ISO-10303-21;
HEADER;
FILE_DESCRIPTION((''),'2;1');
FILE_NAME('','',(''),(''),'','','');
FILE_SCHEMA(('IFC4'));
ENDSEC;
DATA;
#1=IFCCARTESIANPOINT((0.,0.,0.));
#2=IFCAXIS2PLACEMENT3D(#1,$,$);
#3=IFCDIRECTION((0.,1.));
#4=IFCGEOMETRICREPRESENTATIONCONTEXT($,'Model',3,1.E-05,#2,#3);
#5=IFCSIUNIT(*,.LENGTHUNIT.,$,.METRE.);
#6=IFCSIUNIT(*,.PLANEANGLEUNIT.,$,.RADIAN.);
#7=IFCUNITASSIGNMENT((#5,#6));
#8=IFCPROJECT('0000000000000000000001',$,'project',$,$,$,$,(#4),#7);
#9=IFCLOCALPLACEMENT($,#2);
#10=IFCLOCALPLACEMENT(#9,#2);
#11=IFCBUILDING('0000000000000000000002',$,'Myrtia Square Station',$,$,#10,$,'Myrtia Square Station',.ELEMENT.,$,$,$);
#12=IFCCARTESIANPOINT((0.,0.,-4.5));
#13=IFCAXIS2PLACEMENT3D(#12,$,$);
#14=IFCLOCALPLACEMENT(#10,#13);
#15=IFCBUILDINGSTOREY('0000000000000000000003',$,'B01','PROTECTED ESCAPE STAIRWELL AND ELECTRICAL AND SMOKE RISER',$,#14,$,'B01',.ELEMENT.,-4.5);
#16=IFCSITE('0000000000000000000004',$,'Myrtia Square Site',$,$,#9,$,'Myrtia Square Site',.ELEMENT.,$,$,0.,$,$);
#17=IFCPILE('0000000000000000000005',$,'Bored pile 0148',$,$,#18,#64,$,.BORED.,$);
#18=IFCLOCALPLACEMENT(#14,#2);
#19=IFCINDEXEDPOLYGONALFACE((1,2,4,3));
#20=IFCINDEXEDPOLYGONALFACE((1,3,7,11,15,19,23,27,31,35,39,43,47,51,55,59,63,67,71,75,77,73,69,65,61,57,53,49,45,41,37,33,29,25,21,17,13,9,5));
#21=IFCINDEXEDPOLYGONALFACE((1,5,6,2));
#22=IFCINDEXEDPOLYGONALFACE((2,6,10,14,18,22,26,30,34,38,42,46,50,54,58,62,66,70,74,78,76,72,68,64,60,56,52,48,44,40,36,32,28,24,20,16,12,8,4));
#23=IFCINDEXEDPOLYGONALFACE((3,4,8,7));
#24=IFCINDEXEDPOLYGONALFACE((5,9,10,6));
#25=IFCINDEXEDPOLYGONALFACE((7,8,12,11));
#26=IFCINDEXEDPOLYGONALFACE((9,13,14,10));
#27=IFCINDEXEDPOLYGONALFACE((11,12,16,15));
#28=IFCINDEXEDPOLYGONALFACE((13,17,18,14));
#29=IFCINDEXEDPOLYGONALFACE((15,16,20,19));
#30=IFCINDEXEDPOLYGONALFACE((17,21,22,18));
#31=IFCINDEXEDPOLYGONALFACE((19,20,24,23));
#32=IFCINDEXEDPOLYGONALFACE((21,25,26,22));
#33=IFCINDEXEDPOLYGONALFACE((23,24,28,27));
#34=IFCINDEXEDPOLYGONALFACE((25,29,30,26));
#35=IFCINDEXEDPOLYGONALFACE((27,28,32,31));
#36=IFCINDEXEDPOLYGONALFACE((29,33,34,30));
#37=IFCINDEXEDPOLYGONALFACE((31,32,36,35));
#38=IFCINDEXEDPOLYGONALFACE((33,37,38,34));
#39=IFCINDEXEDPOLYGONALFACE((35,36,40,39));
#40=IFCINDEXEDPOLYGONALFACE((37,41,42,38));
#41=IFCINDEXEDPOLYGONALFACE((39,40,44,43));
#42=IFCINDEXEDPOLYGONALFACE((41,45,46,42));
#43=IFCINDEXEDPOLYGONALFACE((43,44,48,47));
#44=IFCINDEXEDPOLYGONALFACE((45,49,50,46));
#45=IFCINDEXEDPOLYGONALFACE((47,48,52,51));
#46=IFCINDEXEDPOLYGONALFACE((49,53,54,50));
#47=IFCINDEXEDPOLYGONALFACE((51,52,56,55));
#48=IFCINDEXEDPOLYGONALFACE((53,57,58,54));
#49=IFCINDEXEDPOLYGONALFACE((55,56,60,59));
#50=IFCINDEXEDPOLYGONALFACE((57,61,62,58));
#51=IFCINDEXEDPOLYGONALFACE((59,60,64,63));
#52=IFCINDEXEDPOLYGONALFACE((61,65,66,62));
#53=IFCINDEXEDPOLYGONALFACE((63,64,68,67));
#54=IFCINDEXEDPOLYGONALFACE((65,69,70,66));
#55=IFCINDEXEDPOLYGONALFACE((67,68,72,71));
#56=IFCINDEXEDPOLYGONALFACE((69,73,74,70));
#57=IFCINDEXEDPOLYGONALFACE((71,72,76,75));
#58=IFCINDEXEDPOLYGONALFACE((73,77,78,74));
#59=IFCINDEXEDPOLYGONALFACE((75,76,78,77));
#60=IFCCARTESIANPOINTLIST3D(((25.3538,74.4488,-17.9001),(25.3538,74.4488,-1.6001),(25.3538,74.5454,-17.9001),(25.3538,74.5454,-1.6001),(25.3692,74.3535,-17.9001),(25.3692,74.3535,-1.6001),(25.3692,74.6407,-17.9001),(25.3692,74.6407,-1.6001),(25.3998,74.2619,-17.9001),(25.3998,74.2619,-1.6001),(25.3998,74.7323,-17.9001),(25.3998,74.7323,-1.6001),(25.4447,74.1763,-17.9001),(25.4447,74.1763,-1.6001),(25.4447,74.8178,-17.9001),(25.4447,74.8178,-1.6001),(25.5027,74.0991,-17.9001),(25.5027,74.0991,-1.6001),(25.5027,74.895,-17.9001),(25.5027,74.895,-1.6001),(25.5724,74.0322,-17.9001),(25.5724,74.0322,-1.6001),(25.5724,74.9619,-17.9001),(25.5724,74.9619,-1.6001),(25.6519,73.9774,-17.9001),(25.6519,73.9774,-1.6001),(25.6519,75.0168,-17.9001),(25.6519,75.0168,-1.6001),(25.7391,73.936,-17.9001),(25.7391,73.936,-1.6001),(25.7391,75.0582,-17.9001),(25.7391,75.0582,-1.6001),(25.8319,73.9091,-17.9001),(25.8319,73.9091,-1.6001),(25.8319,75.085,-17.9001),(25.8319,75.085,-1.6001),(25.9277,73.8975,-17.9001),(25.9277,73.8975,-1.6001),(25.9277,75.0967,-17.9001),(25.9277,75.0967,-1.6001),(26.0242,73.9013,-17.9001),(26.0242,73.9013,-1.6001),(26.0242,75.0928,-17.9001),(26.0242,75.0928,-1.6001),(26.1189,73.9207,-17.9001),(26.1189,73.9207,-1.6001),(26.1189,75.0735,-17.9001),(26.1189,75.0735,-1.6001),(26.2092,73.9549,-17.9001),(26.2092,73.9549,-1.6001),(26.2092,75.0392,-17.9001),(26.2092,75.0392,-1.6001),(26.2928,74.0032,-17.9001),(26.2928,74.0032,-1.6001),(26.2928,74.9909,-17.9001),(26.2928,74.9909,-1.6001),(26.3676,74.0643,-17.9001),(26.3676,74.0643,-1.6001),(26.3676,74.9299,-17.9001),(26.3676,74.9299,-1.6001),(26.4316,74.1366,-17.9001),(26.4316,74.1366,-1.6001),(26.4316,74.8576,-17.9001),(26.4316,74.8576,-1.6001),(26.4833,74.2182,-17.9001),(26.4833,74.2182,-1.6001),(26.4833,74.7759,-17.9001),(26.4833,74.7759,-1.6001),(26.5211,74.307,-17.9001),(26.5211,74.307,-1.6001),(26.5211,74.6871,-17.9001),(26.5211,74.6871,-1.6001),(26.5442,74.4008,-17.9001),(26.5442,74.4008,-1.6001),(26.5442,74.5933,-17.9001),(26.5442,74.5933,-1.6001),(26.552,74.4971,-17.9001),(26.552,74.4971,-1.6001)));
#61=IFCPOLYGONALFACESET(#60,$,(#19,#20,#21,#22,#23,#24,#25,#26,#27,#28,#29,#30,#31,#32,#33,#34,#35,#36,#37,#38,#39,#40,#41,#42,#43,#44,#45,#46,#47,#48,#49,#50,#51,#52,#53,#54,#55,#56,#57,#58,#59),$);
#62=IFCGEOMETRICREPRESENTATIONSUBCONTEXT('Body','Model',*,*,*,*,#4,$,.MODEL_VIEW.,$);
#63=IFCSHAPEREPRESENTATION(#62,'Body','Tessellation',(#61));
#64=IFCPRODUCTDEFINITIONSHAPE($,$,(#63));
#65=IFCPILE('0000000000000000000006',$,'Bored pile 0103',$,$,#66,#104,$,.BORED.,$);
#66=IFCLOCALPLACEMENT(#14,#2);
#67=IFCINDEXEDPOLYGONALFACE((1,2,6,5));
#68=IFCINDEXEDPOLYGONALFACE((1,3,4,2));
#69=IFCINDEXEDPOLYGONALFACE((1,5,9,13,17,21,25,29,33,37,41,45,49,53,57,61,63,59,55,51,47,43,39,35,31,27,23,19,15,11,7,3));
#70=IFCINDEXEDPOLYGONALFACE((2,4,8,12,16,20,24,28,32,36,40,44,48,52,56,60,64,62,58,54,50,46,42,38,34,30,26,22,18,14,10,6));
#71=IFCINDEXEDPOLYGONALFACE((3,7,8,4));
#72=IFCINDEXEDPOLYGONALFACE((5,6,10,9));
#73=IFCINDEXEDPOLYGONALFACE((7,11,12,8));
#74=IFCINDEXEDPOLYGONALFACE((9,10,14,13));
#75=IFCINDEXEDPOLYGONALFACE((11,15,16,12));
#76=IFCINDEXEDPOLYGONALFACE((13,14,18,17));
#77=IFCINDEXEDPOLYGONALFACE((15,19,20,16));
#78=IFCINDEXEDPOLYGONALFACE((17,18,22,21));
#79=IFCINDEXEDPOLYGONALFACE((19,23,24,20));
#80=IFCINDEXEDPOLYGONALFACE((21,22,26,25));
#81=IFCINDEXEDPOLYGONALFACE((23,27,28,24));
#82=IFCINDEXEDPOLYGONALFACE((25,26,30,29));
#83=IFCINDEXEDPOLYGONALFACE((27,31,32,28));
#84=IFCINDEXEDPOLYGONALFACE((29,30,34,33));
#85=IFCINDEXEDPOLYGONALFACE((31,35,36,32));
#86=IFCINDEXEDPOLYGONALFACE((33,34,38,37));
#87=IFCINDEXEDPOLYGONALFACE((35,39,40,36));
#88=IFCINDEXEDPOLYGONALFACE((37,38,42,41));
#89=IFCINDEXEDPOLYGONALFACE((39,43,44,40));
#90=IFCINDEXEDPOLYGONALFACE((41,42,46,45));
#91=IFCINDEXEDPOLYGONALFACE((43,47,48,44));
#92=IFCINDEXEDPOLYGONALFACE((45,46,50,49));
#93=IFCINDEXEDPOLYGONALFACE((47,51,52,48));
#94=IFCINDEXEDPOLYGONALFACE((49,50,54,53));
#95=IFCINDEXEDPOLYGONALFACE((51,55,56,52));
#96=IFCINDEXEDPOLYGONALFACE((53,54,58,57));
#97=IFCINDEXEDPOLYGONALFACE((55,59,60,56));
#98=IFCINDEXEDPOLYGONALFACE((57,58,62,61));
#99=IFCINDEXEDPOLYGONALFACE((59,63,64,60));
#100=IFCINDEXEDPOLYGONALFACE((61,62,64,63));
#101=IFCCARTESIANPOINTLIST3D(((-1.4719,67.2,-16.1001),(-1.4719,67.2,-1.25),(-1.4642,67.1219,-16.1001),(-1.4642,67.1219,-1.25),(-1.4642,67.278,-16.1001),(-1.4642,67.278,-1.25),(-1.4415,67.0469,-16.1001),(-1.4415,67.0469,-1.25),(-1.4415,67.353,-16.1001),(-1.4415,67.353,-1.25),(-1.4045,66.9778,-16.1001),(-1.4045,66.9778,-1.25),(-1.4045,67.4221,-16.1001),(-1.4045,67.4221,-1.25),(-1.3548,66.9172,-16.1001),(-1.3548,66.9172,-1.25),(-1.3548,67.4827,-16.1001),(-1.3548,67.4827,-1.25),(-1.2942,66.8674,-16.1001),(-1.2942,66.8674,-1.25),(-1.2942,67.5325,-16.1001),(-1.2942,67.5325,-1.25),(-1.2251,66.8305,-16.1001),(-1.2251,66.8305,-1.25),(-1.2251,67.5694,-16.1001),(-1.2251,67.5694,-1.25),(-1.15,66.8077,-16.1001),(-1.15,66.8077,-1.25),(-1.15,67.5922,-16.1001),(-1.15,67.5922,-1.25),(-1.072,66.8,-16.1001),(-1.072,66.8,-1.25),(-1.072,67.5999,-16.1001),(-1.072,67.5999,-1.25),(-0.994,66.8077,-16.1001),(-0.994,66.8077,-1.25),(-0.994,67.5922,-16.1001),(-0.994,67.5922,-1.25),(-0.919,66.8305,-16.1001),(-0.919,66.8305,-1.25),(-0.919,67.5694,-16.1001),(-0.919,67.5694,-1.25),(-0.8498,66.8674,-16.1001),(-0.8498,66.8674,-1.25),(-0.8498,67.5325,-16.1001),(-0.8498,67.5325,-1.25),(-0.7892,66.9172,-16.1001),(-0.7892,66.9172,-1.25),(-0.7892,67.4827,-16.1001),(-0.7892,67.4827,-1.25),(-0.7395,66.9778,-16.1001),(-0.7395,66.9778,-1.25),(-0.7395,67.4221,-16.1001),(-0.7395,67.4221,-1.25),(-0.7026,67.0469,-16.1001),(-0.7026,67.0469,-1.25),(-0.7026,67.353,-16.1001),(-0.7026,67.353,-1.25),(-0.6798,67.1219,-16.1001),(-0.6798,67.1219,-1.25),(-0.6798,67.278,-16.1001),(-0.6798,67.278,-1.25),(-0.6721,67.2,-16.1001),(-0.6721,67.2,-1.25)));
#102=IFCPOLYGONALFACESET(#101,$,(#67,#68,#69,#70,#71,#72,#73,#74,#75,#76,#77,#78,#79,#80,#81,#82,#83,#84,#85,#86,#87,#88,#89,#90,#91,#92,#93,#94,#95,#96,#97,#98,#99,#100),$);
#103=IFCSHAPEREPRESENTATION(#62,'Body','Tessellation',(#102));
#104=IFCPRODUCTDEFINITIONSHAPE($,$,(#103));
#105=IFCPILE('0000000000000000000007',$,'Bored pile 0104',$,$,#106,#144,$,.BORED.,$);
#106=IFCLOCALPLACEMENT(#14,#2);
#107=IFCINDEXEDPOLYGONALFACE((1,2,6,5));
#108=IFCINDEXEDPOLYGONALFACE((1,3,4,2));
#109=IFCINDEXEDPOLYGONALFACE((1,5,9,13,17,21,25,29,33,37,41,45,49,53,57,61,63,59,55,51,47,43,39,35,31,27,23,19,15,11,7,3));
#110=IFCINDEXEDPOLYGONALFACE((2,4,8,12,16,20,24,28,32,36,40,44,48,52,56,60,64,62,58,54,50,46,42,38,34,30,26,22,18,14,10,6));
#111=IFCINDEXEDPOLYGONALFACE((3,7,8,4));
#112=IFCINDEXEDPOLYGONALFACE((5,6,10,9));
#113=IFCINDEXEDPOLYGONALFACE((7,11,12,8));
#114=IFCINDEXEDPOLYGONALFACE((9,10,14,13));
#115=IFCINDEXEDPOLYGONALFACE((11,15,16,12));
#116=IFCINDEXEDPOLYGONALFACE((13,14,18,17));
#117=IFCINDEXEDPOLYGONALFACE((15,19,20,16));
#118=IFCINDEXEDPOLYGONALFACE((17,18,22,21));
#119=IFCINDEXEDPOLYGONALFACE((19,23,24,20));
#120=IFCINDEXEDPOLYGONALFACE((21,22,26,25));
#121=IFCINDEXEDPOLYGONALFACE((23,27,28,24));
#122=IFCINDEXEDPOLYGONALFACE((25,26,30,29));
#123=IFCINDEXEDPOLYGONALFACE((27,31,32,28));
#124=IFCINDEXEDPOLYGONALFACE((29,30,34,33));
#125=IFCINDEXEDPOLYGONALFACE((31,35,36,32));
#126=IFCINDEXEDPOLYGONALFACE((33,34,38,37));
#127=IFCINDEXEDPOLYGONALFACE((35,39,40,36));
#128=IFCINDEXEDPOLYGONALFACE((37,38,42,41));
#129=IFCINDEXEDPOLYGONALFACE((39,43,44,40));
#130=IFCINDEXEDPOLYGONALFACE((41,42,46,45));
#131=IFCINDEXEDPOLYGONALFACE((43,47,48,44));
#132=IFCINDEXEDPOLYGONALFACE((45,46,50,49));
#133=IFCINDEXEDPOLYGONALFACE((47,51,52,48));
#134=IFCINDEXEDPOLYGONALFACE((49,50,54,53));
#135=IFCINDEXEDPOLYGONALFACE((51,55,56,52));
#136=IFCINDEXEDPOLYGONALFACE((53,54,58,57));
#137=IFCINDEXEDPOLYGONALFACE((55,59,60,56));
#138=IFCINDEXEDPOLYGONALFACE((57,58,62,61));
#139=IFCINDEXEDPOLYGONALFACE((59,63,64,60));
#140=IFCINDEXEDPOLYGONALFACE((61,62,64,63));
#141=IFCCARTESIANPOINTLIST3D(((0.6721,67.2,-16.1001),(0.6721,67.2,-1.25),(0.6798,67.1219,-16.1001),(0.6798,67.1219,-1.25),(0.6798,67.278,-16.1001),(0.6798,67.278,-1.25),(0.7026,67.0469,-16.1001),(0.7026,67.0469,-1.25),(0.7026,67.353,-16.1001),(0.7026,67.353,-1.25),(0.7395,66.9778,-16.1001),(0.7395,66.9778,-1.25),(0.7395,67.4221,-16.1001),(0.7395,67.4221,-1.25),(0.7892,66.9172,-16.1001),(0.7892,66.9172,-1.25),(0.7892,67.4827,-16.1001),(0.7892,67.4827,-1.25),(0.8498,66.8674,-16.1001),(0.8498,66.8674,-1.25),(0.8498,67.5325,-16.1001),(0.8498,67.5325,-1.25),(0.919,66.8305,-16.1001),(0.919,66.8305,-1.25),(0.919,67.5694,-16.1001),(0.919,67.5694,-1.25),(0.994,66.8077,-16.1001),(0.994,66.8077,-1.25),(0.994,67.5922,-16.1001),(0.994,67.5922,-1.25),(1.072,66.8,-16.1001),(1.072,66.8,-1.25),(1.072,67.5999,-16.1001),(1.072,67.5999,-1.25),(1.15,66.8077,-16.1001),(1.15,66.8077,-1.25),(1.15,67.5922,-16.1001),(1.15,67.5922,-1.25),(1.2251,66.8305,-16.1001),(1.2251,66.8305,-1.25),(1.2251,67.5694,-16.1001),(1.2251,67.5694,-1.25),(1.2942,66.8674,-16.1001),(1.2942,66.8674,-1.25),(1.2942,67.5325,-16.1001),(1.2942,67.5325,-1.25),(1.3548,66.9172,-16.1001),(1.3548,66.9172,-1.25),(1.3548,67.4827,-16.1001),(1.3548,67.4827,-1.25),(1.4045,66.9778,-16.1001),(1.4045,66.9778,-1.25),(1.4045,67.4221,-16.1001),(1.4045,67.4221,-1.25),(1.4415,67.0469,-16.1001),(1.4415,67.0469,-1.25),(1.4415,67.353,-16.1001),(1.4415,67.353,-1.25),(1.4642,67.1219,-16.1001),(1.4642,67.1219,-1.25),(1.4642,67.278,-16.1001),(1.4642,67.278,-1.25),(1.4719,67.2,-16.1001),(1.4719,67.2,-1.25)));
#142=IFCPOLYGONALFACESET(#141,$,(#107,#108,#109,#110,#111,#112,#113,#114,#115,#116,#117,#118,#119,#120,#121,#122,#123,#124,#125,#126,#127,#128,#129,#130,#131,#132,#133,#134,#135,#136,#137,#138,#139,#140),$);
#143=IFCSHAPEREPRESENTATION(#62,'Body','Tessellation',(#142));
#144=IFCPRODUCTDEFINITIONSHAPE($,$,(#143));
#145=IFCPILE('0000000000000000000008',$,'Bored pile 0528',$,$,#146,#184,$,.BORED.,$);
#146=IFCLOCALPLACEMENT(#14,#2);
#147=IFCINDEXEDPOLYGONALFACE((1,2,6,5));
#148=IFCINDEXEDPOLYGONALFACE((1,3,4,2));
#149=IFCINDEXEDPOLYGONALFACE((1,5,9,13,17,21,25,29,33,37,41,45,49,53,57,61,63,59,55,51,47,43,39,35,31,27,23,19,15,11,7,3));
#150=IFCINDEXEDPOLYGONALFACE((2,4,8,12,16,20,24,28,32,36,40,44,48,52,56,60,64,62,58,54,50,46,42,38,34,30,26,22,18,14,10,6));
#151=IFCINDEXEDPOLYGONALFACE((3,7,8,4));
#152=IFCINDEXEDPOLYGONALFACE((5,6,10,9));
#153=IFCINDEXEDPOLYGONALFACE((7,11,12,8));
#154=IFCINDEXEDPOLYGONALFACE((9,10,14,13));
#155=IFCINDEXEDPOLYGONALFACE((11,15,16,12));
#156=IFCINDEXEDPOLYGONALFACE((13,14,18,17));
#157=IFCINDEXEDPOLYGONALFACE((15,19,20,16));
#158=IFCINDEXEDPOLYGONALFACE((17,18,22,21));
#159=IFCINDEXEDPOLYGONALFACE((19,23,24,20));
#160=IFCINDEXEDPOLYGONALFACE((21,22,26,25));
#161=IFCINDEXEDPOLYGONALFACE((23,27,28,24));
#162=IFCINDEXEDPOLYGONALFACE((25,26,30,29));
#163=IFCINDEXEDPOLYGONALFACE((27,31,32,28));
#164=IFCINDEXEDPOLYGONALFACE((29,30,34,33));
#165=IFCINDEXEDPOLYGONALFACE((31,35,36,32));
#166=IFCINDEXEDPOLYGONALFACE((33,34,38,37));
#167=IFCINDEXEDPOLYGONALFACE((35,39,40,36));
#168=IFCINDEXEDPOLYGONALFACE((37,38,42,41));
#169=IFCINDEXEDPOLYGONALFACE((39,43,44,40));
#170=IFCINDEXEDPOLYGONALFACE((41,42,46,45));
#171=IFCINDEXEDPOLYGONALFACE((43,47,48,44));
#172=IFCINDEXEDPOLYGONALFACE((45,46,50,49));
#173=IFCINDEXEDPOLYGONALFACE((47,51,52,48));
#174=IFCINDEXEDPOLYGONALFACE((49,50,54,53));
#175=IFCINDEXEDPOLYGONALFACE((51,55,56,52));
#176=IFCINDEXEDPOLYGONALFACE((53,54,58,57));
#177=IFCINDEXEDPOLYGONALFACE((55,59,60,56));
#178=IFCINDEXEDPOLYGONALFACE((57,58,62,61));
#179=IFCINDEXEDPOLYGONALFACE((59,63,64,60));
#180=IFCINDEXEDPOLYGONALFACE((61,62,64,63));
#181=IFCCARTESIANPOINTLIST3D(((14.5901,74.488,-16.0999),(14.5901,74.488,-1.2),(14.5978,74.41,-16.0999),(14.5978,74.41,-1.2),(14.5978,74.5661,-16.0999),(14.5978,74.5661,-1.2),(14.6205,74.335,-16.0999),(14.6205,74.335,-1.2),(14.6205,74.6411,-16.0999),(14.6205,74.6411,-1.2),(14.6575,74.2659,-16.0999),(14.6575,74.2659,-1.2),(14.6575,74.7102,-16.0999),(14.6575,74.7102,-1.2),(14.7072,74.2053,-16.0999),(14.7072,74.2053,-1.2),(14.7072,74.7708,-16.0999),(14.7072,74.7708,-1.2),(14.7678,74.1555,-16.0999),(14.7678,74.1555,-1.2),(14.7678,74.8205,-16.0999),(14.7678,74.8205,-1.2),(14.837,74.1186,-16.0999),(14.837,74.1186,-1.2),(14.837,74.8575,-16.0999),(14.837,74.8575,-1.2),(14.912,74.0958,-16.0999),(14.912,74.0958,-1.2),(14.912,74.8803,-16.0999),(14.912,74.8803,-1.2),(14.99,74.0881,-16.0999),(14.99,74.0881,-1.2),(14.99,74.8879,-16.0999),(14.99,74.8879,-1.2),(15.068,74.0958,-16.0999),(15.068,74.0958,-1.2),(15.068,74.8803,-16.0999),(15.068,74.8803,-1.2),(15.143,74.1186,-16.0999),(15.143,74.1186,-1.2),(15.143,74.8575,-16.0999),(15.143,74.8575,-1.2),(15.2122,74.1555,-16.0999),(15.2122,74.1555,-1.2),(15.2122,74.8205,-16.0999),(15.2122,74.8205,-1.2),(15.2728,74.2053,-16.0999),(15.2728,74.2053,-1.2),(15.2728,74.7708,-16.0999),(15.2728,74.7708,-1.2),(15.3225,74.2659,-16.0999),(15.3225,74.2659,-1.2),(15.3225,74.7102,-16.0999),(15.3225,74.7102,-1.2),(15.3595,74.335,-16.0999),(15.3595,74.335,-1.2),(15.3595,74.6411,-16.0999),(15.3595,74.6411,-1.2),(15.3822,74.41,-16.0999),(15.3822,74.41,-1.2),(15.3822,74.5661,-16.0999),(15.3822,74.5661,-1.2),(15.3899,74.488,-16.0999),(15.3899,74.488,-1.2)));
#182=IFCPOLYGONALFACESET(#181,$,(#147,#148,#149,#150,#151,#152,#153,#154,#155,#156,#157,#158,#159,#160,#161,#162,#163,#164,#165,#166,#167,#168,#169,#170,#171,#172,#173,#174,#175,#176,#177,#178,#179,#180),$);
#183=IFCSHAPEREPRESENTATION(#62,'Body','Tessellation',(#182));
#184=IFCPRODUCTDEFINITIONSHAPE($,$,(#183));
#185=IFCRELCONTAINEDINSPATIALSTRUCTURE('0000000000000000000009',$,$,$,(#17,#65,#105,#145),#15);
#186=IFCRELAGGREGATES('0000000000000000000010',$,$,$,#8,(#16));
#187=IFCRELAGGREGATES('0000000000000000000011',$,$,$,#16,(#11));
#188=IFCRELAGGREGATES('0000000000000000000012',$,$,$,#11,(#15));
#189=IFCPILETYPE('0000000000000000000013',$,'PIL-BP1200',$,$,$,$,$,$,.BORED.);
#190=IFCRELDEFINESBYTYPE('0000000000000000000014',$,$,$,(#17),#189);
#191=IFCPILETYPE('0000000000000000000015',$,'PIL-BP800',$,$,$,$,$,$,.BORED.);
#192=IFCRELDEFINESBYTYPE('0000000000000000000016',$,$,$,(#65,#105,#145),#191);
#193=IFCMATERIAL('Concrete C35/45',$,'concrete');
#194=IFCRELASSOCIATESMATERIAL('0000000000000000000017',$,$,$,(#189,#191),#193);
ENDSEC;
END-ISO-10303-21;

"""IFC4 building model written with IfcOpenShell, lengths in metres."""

from ifc_helpers import new_model, si_unit, direction, frame, origin, origin_2d, place, context, subcontext, project, spatial, circle, extrude, material, material_profile, profile_set, type_object, element, save


model = new_model("IFC4")

# Units and contexts
model_context = context("Model", 3, precision=1e-05, world=origin(), true_north=direction((0.0, 1.0)))
body_context = subcontext(model_context, "Body", "Model", "MODEL_VIEW")
ifc_project = project(units=[si_unit("LENGTHUNIT", "METRE"), si_unit("PLANEANGLEUNIT", "RADIAN")], contexts=[model_context])

# Site, building, storey
site_placement = place(None, origin())
site = spatial("IfcSite", under=ifc_project, at=site_placement, Name="Myrtia Square Site", LongName="Myrtia Square Site", CompositionType="ELEMENT", RefElevation=0.0)
building_placement = place(site_placement, origin())
building = spatial("IfcBuilding", under=site, at=building_placement, Name="Myrtia Square Station", LongName="Myrtia Square Station", CompositionType="ELEMENT")
storey_placement = place(building_placement, frame((0.0, 0.0, -4.5)))
storey = spatial("IfcBuildingStorey", under=building, at=storey_placement, Name="B01", Description="PROTECTED ESCAPE STAIRWELL AND ELECTRICAL AND SMOKE RISER", LongName="B01", CompositionType="ELEMENT", Elevation=-4.5)

# Shared definitions
ifc_material_1 = material(Name="Concrete C35/45", Category="concrete")

# Piles
ifc_material_profile_1 = material_profile(ifc_material_1, circle(Radius=0.6001, at=origin_2d()), Name="BP D1200")
ifc_profile_set_1 = profile_set([ifc_material_profile_1], Name="Concrete C35/45")
pile_type_1 = type_object("IfcPileType", Name="PIL-BP1200", PredefinedType="BORED", material=ifc_profile_set_1)
for number, where, z_axis, x_axis, name in (
    (1, (25.9519, 74.4971, -1.6001), (0.0, 0.0, -1.0), (1.0, 0.0, 0.0), "Bored pile 0148"),
):
    element("IfcPile", number, at=place(storey_placement, frame(where, z_axis=z_axis, x_axis=x_axis)), inside=storey, type_object=pile_type_1, Name=name, PredefinedType="BORED", context=body_context, shape_type="SweptSolid", body=[
        extrude(circle(Radius=0.6001, at=origin_2d()), origin(), (0.0, 0.0, 1.0), 16.3),
    ])
ifc_material_profile_2 = material_profile(ifc_material_1, circle(Radius=0.3999, at=origin_2d()), Name="BP D800")
ifc_profile_set_2 = profile_set([ifc_material_profile_2], Name="Concrete C35/45")
pile_type_2 = type_object("IfcPileType", Name="PIL-BP800", PredefinedType="BORED", material=ifc_profile_set_2)
for number, where, z_axis, x_axis, name in (
    (2, (-1.072, 67.2, -1.25), (0.0, 0.0, -1.0), (1.0, 0.0, 0.0), "Bored pile 0103"),
    (3, (1.072, 67.2, -1.25), (0.0, 0.0, -1.0), (1.0, 0.0, 0.0), "Bored pile 0104"),
):
    element("IfcPile", number, at=place(storey_placement, frame(where, z_axis=z_axis, x_axis=x_axis)), inside=storey, type_object=pile_type_2, Name=name, PredefinedType="BORED", context=body_context, shape_type="SweptSolid", body=[
        extrude(circle(Radius=0.3999, at=origin_2d()), origin(), (0.0, 0.0, 1.0), 14.8501),
    ])
pile_placement = place(storey_placement, frame((14.99, 74.488, -1.2), z_axis=(0.0, 0.0, -1.0), x_axis=(1.0, 0.0, 0.0)))
element("IfcPile", 4, at=pile_placement, inside=storey, type_object=pile_type_2, Name="Bored pile 0528", PredefinedType="BORED", context=body_context, shape_type="SweptSolid", body=[
    extrude(circle(Radius=0.3999, at=origin_2d()), origin(), (0.0, 0.0, 1.0), 14.8999),
])

save(model, "model.ifc")
